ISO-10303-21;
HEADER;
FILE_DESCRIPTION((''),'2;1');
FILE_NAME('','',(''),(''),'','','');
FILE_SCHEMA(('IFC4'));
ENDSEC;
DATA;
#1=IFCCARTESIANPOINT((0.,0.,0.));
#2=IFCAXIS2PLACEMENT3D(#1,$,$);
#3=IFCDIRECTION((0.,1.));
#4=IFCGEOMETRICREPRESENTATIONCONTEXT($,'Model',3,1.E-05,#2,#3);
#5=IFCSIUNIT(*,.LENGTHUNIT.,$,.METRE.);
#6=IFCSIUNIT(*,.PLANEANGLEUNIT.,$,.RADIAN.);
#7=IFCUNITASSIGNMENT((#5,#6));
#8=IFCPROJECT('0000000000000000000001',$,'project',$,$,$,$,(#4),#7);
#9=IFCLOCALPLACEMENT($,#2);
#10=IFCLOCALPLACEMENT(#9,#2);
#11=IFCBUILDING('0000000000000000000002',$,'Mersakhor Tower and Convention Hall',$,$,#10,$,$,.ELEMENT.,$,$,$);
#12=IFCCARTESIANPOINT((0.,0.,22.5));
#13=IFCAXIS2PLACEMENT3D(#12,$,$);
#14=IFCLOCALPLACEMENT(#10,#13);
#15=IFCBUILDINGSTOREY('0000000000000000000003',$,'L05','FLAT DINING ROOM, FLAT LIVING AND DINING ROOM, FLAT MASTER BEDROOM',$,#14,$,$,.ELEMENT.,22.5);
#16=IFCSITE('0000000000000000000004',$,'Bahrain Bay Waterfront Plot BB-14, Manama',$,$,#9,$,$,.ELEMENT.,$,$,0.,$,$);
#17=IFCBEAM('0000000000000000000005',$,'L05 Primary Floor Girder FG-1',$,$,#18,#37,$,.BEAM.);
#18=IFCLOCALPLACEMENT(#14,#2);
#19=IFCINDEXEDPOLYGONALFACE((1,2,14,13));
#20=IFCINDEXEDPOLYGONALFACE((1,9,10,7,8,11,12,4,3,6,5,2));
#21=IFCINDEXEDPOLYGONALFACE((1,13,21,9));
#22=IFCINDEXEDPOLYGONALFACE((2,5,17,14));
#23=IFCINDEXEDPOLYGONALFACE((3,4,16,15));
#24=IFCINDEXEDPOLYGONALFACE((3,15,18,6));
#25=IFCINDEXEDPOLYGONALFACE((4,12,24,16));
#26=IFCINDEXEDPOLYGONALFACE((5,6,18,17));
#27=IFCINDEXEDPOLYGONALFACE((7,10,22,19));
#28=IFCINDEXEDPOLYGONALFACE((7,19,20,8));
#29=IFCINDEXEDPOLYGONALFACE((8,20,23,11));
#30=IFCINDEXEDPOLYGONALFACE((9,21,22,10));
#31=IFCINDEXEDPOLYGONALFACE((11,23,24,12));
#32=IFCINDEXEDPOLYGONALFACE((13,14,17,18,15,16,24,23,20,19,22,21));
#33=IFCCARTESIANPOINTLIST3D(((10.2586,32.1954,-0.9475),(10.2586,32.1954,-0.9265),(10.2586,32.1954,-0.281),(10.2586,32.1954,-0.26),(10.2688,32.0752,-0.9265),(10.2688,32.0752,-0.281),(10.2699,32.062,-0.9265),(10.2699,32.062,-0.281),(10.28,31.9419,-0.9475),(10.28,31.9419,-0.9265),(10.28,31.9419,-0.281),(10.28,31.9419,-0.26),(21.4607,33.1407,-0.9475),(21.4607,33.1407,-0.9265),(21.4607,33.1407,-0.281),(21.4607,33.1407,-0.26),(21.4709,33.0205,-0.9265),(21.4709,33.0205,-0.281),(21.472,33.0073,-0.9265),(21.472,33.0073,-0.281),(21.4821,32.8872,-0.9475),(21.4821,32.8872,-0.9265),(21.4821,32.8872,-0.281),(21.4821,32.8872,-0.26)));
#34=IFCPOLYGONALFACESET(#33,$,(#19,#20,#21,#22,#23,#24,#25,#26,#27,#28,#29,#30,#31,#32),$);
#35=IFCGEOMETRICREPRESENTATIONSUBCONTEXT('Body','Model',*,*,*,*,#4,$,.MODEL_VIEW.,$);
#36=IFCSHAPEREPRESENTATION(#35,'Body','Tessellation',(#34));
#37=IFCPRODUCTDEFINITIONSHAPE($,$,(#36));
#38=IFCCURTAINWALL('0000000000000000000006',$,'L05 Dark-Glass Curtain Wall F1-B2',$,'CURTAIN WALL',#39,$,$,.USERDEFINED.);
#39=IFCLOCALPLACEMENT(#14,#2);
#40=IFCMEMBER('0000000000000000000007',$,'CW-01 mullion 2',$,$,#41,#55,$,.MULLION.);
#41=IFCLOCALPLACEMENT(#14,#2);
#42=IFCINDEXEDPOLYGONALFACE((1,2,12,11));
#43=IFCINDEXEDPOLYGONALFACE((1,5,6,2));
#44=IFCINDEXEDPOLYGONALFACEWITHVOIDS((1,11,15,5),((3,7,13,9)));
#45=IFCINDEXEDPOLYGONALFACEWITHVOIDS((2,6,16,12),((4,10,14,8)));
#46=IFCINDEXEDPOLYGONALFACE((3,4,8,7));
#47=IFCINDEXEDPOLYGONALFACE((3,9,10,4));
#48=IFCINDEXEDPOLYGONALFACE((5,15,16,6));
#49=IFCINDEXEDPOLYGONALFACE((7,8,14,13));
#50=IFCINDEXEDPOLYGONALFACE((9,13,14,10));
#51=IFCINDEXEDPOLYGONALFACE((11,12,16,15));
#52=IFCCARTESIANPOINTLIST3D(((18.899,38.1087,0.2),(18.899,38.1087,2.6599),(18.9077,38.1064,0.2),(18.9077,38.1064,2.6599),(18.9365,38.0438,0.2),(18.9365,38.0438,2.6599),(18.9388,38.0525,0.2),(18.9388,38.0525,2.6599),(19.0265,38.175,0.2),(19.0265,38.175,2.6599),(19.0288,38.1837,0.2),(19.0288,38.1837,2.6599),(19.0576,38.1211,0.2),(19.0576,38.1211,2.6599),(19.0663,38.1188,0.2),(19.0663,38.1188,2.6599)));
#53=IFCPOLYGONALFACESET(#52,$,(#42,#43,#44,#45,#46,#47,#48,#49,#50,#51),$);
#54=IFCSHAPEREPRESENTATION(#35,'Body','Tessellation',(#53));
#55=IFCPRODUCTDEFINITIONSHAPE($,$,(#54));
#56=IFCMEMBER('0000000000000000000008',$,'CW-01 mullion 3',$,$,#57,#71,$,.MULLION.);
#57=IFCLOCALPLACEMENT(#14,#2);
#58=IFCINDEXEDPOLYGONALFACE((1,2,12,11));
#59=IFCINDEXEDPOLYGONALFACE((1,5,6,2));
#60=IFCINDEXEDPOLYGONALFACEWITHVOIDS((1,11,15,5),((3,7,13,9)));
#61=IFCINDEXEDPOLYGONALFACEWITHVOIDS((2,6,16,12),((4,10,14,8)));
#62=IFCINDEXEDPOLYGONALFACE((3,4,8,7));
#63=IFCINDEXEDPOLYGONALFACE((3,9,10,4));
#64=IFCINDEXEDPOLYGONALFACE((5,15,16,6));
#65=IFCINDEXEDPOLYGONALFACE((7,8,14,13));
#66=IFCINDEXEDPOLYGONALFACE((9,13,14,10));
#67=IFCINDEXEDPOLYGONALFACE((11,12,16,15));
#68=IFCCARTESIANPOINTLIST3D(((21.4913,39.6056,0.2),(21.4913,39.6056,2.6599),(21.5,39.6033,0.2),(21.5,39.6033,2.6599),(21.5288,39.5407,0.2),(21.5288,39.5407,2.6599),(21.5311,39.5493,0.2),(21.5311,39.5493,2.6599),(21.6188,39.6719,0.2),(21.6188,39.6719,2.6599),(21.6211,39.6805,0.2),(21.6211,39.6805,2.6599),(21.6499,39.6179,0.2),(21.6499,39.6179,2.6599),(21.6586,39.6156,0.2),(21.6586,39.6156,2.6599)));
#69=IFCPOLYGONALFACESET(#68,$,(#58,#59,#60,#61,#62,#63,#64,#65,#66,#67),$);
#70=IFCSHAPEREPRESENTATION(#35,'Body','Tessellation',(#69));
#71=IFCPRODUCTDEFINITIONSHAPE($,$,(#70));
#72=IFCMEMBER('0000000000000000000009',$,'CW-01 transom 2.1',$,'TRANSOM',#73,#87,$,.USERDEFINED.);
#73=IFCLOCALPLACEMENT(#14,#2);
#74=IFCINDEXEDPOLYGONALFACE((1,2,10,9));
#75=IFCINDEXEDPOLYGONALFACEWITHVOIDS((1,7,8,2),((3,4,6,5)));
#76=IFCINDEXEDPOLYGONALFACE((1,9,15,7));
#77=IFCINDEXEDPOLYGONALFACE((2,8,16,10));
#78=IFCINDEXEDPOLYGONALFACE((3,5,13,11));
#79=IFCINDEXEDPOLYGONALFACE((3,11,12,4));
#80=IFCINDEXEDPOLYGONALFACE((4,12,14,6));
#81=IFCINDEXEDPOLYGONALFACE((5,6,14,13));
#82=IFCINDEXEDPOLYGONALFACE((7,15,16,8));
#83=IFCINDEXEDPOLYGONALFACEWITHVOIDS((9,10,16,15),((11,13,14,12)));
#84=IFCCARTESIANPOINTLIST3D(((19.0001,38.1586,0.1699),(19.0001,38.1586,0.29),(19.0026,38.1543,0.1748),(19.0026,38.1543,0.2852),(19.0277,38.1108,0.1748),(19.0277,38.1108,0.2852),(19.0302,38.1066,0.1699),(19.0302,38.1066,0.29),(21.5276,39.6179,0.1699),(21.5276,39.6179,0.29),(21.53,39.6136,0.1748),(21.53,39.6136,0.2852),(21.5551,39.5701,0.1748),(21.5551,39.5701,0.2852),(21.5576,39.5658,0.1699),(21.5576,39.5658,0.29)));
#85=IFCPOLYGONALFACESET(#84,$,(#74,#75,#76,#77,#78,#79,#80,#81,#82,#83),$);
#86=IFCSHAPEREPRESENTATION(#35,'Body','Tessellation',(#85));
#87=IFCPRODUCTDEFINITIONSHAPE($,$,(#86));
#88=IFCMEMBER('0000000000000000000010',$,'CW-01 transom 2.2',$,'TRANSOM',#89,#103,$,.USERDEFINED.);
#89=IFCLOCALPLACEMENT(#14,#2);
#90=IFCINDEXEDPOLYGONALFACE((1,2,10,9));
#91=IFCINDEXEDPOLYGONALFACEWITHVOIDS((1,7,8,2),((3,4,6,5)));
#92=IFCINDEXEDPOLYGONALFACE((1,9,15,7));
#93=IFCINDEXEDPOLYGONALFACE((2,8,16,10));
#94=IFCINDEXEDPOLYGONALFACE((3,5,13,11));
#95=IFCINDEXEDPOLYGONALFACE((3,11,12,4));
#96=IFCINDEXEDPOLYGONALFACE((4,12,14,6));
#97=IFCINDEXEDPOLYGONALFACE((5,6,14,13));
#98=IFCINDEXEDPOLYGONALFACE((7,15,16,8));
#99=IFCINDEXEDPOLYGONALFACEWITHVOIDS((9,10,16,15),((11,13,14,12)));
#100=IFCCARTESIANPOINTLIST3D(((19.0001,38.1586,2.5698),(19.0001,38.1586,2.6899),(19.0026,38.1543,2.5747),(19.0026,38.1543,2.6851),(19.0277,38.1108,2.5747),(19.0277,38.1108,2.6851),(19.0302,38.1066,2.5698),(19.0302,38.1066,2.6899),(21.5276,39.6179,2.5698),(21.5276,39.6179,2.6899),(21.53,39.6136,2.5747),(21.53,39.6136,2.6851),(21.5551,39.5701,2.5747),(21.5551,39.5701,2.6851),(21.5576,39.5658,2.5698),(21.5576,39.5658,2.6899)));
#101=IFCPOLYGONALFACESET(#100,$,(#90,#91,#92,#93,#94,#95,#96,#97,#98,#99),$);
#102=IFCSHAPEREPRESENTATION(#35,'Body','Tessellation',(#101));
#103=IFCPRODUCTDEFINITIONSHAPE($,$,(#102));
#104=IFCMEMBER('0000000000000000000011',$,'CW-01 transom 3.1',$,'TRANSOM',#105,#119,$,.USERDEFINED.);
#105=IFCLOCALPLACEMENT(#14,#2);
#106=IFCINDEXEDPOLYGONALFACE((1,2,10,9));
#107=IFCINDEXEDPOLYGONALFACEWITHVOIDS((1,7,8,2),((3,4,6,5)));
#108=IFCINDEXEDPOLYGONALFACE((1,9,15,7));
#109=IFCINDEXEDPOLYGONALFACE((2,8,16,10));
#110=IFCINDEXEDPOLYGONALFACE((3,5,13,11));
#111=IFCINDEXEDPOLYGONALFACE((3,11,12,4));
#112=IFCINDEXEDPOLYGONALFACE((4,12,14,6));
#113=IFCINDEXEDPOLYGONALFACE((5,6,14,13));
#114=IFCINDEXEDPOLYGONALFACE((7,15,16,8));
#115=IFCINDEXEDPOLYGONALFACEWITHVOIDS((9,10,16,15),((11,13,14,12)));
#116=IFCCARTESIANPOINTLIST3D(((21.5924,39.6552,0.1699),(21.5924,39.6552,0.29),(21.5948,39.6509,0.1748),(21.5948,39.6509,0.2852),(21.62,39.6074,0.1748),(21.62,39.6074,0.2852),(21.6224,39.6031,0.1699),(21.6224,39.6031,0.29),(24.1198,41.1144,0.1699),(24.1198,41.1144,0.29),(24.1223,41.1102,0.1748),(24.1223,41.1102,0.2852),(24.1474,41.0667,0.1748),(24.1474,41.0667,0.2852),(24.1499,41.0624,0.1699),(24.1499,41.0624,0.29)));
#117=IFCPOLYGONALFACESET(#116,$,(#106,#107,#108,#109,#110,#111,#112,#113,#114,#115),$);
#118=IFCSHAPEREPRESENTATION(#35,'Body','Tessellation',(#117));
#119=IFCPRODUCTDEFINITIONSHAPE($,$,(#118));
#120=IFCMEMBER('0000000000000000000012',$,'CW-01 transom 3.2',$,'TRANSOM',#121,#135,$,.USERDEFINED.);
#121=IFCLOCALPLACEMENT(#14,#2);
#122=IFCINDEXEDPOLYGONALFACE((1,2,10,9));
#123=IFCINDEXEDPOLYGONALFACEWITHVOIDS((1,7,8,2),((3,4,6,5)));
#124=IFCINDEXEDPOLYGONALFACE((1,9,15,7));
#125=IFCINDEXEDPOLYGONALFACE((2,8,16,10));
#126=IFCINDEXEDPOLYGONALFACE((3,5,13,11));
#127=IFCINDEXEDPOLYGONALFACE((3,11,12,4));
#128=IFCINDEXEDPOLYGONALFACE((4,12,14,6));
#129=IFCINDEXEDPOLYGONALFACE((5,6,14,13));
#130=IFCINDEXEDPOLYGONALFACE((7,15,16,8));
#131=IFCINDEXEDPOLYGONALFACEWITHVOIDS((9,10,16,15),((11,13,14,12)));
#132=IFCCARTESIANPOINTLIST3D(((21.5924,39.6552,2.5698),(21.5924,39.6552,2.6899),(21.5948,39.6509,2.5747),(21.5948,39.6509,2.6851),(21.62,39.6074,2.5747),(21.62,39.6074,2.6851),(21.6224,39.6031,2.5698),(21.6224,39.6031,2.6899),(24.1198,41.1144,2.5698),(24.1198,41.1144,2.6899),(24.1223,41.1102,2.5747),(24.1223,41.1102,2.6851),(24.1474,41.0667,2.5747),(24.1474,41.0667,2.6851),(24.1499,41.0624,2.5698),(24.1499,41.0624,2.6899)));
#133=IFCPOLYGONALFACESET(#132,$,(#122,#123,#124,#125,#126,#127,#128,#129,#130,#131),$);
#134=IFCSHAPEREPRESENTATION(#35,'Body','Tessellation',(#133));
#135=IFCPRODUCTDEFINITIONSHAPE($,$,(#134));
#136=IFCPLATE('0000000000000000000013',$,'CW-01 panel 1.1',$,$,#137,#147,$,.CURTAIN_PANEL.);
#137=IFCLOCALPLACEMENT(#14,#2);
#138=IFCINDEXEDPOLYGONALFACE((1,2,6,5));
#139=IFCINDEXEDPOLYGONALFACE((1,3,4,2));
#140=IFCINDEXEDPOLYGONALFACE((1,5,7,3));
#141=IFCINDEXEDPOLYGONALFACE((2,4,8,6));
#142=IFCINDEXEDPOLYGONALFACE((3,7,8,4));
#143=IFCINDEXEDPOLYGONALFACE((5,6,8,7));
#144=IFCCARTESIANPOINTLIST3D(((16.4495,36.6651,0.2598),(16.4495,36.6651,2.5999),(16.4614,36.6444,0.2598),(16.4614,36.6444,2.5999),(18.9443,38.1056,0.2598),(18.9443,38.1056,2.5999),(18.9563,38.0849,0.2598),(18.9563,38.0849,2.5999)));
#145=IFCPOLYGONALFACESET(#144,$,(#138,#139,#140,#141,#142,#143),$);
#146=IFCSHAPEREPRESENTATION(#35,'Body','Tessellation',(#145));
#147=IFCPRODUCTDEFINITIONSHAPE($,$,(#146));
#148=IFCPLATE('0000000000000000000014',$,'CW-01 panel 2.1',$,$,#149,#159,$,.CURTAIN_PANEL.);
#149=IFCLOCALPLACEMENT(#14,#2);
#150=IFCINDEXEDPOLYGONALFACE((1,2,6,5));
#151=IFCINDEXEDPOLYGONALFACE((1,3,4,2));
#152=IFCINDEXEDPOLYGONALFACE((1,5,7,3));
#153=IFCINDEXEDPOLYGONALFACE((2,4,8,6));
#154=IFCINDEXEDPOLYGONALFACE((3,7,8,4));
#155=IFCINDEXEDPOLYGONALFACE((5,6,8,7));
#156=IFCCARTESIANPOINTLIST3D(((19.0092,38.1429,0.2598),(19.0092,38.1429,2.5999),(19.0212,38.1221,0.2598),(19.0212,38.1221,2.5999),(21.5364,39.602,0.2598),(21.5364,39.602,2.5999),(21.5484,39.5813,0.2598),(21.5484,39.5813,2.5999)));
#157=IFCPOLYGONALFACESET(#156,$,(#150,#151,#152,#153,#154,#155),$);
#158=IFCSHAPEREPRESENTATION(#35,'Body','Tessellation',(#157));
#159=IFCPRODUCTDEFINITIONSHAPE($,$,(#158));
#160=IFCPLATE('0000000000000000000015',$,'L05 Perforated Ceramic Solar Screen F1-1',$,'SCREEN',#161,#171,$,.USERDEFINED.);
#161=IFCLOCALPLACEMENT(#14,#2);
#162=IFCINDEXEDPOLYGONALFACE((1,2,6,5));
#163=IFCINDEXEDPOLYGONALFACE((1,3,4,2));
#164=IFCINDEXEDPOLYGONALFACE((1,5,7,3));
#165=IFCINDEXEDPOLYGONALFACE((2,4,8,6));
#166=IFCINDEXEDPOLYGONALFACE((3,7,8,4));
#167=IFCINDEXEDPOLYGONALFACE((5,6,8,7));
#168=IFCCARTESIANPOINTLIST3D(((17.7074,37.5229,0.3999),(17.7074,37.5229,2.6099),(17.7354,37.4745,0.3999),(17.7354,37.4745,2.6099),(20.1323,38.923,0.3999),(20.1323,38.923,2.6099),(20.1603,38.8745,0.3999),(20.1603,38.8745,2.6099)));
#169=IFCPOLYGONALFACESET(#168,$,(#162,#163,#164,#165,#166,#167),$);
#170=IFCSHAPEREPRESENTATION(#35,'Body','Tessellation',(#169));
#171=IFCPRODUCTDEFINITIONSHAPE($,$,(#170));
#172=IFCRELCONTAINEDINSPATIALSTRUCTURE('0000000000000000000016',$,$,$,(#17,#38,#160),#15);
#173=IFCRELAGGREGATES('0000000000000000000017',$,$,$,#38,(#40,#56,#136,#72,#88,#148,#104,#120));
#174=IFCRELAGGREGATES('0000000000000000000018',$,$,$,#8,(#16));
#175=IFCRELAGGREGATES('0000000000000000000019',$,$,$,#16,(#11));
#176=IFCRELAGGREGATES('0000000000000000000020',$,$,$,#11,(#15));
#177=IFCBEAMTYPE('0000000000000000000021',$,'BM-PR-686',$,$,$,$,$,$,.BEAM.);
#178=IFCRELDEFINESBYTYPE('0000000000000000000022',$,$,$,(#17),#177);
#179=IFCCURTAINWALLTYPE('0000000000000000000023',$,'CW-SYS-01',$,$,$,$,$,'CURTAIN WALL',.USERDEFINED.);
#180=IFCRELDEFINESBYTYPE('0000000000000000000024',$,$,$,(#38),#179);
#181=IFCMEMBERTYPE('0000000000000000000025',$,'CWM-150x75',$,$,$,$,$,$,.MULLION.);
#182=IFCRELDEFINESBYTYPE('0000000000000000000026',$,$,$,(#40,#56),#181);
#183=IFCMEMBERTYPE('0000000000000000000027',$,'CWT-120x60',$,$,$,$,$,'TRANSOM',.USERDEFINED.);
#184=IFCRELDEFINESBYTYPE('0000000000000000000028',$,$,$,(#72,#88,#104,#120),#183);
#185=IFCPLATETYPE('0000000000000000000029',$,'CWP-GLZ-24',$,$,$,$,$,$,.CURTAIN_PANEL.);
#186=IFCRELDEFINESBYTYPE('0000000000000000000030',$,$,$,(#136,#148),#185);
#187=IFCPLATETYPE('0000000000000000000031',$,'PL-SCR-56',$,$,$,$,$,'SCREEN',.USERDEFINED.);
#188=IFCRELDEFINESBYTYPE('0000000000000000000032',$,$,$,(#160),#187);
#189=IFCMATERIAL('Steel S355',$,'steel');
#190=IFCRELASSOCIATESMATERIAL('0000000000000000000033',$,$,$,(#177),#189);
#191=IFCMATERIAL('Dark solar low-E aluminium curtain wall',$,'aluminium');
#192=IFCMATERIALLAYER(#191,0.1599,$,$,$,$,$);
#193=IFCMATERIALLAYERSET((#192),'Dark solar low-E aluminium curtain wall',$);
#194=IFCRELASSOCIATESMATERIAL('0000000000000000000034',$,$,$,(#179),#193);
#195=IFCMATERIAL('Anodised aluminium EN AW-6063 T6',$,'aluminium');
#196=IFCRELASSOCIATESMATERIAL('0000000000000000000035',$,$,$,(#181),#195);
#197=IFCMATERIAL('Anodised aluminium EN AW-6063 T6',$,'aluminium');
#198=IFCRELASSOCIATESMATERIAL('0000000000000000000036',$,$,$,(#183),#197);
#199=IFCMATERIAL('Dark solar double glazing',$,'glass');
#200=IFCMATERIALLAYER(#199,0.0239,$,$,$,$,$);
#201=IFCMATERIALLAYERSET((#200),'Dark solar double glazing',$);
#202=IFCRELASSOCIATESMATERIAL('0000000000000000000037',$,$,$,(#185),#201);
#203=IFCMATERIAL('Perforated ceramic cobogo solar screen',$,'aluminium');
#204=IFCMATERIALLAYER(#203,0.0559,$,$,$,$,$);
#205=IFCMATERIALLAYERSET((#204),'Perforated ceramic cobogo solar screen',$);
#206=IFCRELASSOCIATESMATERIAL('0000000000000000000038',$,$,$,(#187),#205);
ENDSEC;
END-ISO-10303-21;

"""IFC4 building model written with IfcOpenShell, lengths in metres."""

from ifc_helpers import new_model, si_unit, direction, frame, origin, origin_2d, place, context, subcontext, project, spatial, rectangle, hollow_rectangle, i_section, extrude, material, layer, layer_set, material_profile, profile_set, type_object, element, aggregate, save


model = new_model("IFC4")

# Units and contexts
model_context = context("Model", 3, precision=1e-05, world=origin(), true_north=direction((0.0, 1.0)))
body_context = subcontext(model_context, "Body", "Model", "MODEL_VIEW")
ifc_project = project(units=[si_unit("LENGTHUNIT", "METRE"), si_unit("PLANEANGLEUNIT", "RADIAN")], contexts=[model_context])

# Site, building, storey
site_placement = place(None, origin())
site = spatial("IfcSite", under=ifc_project, at=site_placement, Name="Bahrain Bay Waterfront Plot BB-14, Manama", CompositionType="ELEMENT", RefElevation=0.0)
building_placement = place(site_placement, origin())
building = spatial("IfcBuilding", under=site, at=building_placement, Name="Mersakhor Tower and Convention Hall", CompositionType="ELEMENT")
storey_placement = place(building_placement, frame((0.0, 0.0, 22.5)))
storey = spatial("IfcBuildingStorey", under=building, at=storey_placement, Name="L05", Description="FLAT DINING ROOM, FLAT LIVING AND DINING ROOM, FLAT MASTER BEDROOM", CompositionType="ELEMENT", Elevation=22.5)

# Beam
ifc_material_1 = material(Name="Steel S355", Category="steel")
ifc_material_profile_1 = material_profile(ifc_material_1, i_section(OverallWidth=0.2544, OverallDepth=0.6875, WebThickness=0.0132, FlangeThickness=0.021, at=origin_2d()), Name="UB 686x254x152")
ifc_profile_set_1 = profile_set([ifc_material_profile_1], Name="Steel S355")
beam_type = type_object("IfcBeamType", Name="BM-PR-686", PredefinedType="BEAM", material=ifc_profile_set_1)
beam_placement = place(storey_placement, frame((21.4714, 33.0139, -0.6038), z_axis=(-0.996458, -0.084088, 0.0), x_axis=(0.084088, -0.996458, 0.0)))
element("IfcBeam", 1, at=beam_placement, inside=storey, type_object=beam_type, Name="L05 Primary Floor Girder FG-1", PredefinedType="BEAM", context=body_context, shape_type="SweptSolid", body=[
    extrude(i_section(OverallWidth=0.2544, OverallDepth=0.6875, WebThickness=0.0132, FlangeThickness=0.021, at=origin_2d()), origin(), (0.0, 0.0, 1.0), 11.2419),
])

# Curtain wall, members, plates
ifc_material_2 = material(Name="Dark solar low-E aluminium curtain wall", Category="aluminium")
ifc_layer_1 = layer(ifc_material_2, 0.1599)
ifc_layer_set_1 = layer_set([ifc_layer_1], Name="Dark solar low-E aluminium curtain wall")
curtain_wall_type = type_object("IfcCurtainWallType", Name="CW-SYS-01", ElementType="CURTAIN WALL", PredefinedType="USERDEFINED", material=ifc_layer_set_1)
curtain_wall_placement = place(storey_placement, origin())
curtain_wall = element("IfcCurtainWall", 2, at=curtain_wall_placement, inside=storey, type_object=curtain_wall_type, Name="L05 Dark-Glass Curtain Wall F1-B2", ObjectType="CURTAIN WALL", PredefinedType="USERDEFINED")
ifc_material_3 = material(Name="Anodised aluminium EN AW-6063 T6", Category="aluminium")
ifc_material_profile_2 = material_profile(ifc_material_3, hollow_rectangle(XDim=0.075, YDim=0.1499, WallThickness=0.0063, at=origin_2d()), Name="RHS 150x75x6.3")
ifc_profile_set_2 = profile_set([ifc_material_profile_2], Name="Anodised aluminium EN AW-6063 T6")
member_type_1 = type_object("IfcMemberType", Name="CWM-150x75", PredefinedType="MULLION", material=ifc_profile_set_2)
member_1_placement = place(storey_placement, frame((18.9827, 38.1138, 0.2), z_axis=(0.0, 0.0, 1.0), x_axis=(-0.500003, 0.866023, 0.0)))
member_1 = element("IfcMember", 3, at=member_1_placement, type_object=member_type_1, Name="CW-01 mullion 2", PredefinedType="MULLION", context=body_context, shape_type="SweptSolid", body=[
    extrude(hollow_rectangle(XDim=0.075, YDim=0.1499, WallThickness=0.0063, at=origin_2d()), origin(), (0.0, 0.0, 1.0), 2.46),
])
member_2_placement = place(storey_placement, frame((21.575, 39.6106, 0.2), z_axis=(0.0, 0.0, 1.0), x_axis=(-0.500003, 0.866023, 0.0)))
member_2 = element("IfcMember", 4, at=member_2_placement, type_object=member_type_1, Name="CW-01 mullion 3", PredefinedType="MULLION", context=body_context, shape_type="SweptSolid", body=[
    extrude(hollow_rectangle(XDim=0.075, YDim=0.1499, WallThickness=0.0063, at=origin_2d()), origin(), (0.0, 0.0, 1.0), 2.46),
])
ifc_material_4 = material(Name="Anodised aluminium EN AW-6063 T6", Category="aluminium")
ifc_material_profile_3 = material_profile(ifc_material_4, hollow_rectangle(XDim=0.0601, YDim=0.1201, WallThickness=0.0049, at=origin_2d()), Name="RHS 120x60x5")
ifc_profile_set_3 = profile_set([ifc_material_profile_3], Name="Anodised aluminium EN AW-6063 T6")
member_type_2 = type_object("IfcMemberType", Name="CWT-120x60", ElementType="TRANSOM", PredefinedType="USERDEFINED", material=ifc_profile_set_3)
member_3_placement = place(storey_placement, frame((19.0151, 38.1326, 0.23), z_axis=(0.866016, 0.500017, 0.0), x_axis=(-0.500017, 0.866016, 0.0)))
member_3 = element("IfcMember", 5, at=member_3_placement, type_object=member_type_2, Name="CW-01 transom 2.1", ObjectType="TRANSOM", PredefinedType="USERDEFINED", context=body_context, shape_type="SweptSolid", body=[
    extrude(hollow_rectangle(XDim=0.0601, YDim=0.1201, WallThickness=0.0049, at=origin_2d()), origin(), (0.0, 0.0, 1.0), 2.9185),
])
member_4_placement = place(storey_placement, frame((19.0151, 38.1326, 2.6299), z_axis=(0.866016, 0.500017, 0.0), x_axis=(-0.500017, 0.866016, 0.0)))
member_4 = element("IfcMember", 6, at=member_4_placement, type_object=member_type_2, Name="CW-01 transom 2.2", ObjectType="TRANSOM", PredefinedType="USERDEFINED", context=body_context, shape_type="SweptSolid", body=[
    extrude(hollow_rectangle(XDim=0.0601, YDim=0.1201, WallThickness=0.0049, at=origin_2d()), origin(), (0.0, 0.0, 1.0), 2.9185),
])
member_5_placement = place(storey_placement, frame((21.6074, 39.6292, 0.23), z_axis=(0.866016, 0.500017, 0.0), x_axis=(-0.500017, 0.866016, 0.0)))
member_5 = element("IfcMember", 7, at=member_5_placement, type_object=member_type_2, Name="CW-01 transom 3.1", ObjectType="TRANSOM", PredefinedType="USERDEFINED", context=body_context, shape_type="SweptSolid", body=[
    extrude(hollow_rectangle(XDim=0.0601, YDim=0.1201, WallThickness=0.0049, at=origin_2d()), origin(), (0.0, 0.0, 1.0), 2.9185),
])
member_6_placement = place(storey_placement, frame((21.6074, 39.6292, 2.6299), z_axis=(0.866016, 0.500017, 0.0), x_axis=(-0.500017, 0.866016, 0.0)))
member_6 = element("IfcMember", 8, at=member_6_placement, type_object=member_type_2, Name="CW-01 transom 3.2", ObjectType="TRANSOM", PredefinedType="USERDEFINED", context=body_context, shape_type="SweptSolid", body=[
    extrude(hollow_rectangle(XDim=0.0601, YDim=0.1201, WallThickness=0.0049, at=origin_2d()), origin(), (0.0, 0.0, 1.0), 2.9185),
])
ifc_material_5 = material(Name="Dark solar double glazing", Category="glass")
ifc_layer_2 = layer(ifc_material_5, 0.0239)
ifc_layer_set_2 = layer_set([ifc_layer_2], Name="Dark solar double glazing")
plate_type_1 = type_object("IfcPlateType", Name="CWP-GLZ-24", PredefinedType="CURTAIN_PANEL", material=ifc_layer_set_2)
plate_1_placement = place(storey_placement, frame((17.7029, 37.375, 0.2598), z_axis=(0.0, 0.0, 1.0), x_axis=(0.866023, 0.500003, 0.0)))
plate_1 = element("IfcPlate", 9, at=plate_1_placement, type_object=plate_type_1, Name="CW-01 panel 1.1", PredefinedType="CURTAIN_PANEL", context=body_context, shape_type="SweptSolid", body=[
    extrude(rectangle(XDim=2.8809, YDim=0.0239, at=origin_2d()), origin(), (0.0, 0.0, 1.0), 2.3401),
])
plate_2_placement = place(storey_placement, frame((20.2788, 38.8621, 0.2598), z_axis=(0.0, 0.0, 1.0), x_axis=(0.866023, 0.500003, 0.0)))
plate_2 = element("IfcPlate", 10, at=plate_2_placement, type_object=plate_type_1, Name="CW-01 panel 2.1", PredefinedType="CURTAIN_PANEL", context=body_context, shape_type="SweptSolid", body=[
    extrude(rectangle(XDim=2.9182, YDim=0.0239, at=origin_2d()), origin(), (0.0, 0.0, 1.0), 2.3401),
])
aggregate(curtain_wall, [member_1, member_2, plate_1, member_3, member_4, plate_2, member_5, member_6])

# Plate
ifc_material_6 = material(Name="Perforated ceramic cobogo solar screen", Category="aluminium")
ifc_layer_3 = layer(ifc_material_6, 0.0559)
ifc_layer_set_3 = layer_set([ifc_layer_3], Name="Perforated ceramic cobogo solar screen")
plate_type_2 = type_object("IfcPlateType", Name="PL-SCR-56", ElementType="SCREEN", PredefinedType="USERDEFINED", material=ifc_layer_set_3)
plate_3_placement = place(storey_placement, frame((18.9338, 38.1987, 0.3999), z_axis=(0.0, 0.0, 1.0), x_axis=(0.866025, 0.5, 0.0)))
element("IfcPlate", 11, at=plate_3_placement, inside=storey, type_object=plate_type_2, Name="L05 Perforated Ceramic Solar Screen F1-1", ObjectType="SCREEN", PredefinedType="USERDEFINED", context=body_context, shape_type="SweptSolid", body=[
    extrude(rectangle(XDim=2.8, YDim=0.0559, at=origin_2d()), origin(), (0.0, 0.0, 1.0), 2.21),
])

save(model, "model.ifc")
